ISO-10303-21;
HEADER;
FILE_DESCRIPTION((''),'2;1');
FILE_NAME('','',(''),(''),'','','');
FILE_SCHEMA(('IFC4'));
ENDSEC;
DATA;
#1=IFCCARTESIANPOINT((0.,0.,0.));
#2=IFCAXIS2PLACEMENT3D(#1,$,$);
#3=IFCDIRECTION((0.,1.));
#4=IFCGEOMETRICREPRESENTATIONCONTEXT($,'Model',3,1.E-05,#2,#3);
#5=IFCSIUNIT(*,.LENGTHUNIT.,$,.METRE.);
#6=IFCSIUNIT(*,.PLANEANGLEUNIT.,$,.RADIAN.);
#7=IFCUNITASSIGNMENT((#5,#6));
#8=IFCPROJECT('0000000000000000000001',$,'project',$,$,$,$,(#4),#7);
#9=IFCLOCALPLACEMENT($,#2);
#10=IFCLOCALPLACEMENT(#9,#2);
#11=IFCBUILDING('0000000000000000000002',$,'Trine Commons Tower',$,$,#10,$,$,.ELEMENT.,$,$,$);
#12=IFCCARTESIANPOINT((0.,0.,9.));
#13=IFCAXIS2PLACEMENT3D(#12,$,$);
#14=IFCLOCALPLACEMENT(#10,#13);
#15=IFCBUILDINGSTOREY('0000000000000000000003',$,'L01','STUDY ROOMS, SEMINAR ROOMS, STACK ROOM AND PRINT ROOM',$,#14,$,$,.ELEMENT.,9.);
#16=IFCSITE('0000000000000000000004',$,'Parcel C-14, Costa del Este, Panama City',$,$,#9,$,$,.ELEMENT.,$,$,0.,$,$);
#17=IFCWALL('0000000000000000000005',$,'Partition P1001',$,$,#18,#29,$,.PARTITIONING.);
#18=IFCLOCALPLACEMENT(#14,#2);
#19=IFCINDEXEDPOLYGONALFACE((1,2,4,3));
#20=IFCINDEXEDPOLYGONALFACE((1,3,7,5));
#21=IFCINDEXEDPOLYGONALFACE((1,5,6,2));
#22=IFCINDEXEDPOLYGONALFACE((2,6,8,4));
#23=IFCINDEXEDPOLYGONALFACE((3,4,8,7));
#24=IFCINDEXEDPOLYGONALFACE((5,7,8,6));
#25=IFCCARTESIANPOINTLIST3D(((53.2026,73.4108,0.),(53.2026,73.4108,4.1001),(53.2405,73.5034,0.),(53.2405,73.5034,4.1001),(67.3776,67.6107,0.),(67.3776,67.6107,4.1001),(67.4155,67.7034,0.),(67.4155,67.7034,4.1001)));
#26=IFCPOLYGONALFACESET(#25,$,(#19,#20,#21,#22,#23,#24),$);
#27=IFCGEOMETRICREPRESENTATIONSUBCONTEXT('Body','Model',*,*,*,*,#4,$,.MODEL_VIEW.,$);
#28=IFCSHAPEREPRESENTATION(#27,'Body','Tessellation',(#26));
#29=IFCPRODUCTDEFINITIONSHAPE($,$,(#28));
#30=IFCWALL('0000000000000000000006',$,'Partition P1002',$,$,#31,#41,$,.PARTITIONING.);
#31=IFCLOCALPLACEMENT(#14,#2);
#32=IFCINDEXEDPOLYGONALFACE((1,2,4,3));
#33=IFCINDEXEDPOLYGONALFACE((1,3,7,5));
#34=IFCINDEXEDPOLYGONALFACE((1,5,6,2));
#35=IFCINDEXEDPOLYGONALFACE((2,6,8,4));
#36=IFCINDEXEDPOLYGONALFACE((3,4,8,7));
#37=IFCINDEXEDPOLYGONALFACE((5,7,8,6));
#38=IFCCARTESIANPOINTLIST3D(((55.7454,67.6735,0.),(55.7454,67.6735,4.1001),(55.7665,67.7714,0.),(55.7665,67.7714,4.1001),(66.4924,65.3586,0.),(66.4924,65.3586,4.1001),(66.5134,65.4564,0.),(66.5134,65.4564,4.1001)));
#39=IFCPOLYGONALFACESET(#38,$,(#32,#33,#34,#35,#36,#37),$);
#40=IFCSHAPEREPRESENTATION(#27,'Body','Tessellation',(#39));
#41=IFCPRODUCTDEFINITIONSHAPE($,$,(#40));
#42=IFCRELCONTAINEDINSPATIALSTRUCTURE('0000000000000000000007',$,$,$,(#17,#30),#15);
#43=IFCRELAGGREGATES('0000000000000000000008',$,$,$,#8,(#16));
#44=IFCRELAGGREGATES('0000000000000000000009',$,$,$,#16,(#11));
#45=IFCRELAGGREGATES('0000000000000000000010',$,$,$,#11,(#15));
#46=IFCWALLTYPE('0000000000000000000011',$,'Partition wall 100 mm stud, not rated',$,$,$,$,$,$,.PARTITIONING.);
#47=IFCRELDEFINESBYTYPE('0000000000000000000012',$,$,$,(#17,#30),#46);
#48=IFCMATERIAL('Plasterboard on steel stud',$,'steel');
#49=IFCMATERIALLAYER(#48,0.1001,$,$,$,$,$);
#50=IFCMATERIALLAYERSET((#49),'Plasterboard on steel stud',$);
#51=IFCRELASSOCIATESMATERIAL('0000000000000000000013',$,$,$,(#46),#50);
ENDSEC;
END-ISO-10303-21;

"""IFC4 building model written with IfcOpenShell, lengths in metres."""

from ifc_helpers import new_model, si_unit, direction, frame, frame_2d, origin, place, context, subcontext, project, spatial, rectangle, extrude, material, layer, layer_set, type_object, element, save


model = new_model("IFC4")

# Units and contexts
model_context = context("Model", 3, precision=1e-05, world=origin(), true_north=direction((0.0, 1.0)))
body_context = subcontext(model_context, "Body", "Model", "MODEL_VIEW")
ifc_project = project(units=[si_unit("LENGTHUNIT", "METRE"), si_unit("PLANEANGLEUNIT", "RADIAN")], contexts=[model_context])

# Site, building, storey
site_placement = place(None, origin())
site = spatial("IfcSite", under=ifc_project, at=site_placement, Name="Parcel C-14, Costa del Este, Panama City", CompositionType="ELEMENT", RefElevation=0.0)
building_placement = place(site_placement, origin())
building = spatial("IfcBuilding", under=site, at=building_placement, Name="Trine Commons Tower", CompositionType="ELEMENT")
storey_placement = place(building_placement, frame((0.0, 0.0, 9.0)))
storey = spatial("IfcBuildingStorey", under=building, at=storey_placement, Name="L01", Description="STUDY ROOMS, SEMINAR ROOMS, STACK ROOM AND PRINT ROOM", CompositionType="ELEMENT", Elevation=9.0)

# Shared definitions
ifc_material_1 = material(Name="Plasterboard on steel stud", Category="steel")

# Walls
ifc_layer_1 = layer(ifc_material_1, 0.1001)
ifc_layer_set_1 = layer_set([ifc_layer_1], Name="Plasterboard on steel stud")
wall_type_1 = type_object("IfcWallType", Name="Partition wall 100 mm stud, not rated", PredefinedType="PARTITIONING", material=ifc_layer_set_1)
wall_1_placement = place(storey_placement, frame((53.2217, 73.457, 0.0), z_axis=(0.0, 0.0, 1.0), x_axis=(0.92552, -0.378698, 0.0)))
element("IfcWall", 1, at=wall_1_placement, inside=storey, type_object=wall_type_1, Name="Partition P1001", PredefinedType="PARTITIONING", context=body_context, shape_type="SweptSolid", body=[
    extrude(rectangle(XDim=15.3157, YDim=0.1001, at=frame_2d((7.6577, 0.0))), origin(), (0.0, 0.0, 1.0), 4.1001),
])
wall_2_placement = place(storey_placement, frame((55.7561, 67.7224, 0.0), z_axis=(0.0, 0.0, 1.0), x_axis=(0.977577, -0.210577, 0.0)))
element("IfcWall", 2, at=wall_2_placement, inside=storey, type_object=wall_type_1, Name="Partition P1002", PredefinedType="PARTITIONING", context=body_context, shape_type="SweptSolid", body=[
    extrude(rectangle(XDim=10.9934, YDim=0.1001, at=frame_2d((5.4966, 0.0))), origin(), (0.0, 0.0, 1.0), 4.1001),
])

save(model, "model.ifc")
